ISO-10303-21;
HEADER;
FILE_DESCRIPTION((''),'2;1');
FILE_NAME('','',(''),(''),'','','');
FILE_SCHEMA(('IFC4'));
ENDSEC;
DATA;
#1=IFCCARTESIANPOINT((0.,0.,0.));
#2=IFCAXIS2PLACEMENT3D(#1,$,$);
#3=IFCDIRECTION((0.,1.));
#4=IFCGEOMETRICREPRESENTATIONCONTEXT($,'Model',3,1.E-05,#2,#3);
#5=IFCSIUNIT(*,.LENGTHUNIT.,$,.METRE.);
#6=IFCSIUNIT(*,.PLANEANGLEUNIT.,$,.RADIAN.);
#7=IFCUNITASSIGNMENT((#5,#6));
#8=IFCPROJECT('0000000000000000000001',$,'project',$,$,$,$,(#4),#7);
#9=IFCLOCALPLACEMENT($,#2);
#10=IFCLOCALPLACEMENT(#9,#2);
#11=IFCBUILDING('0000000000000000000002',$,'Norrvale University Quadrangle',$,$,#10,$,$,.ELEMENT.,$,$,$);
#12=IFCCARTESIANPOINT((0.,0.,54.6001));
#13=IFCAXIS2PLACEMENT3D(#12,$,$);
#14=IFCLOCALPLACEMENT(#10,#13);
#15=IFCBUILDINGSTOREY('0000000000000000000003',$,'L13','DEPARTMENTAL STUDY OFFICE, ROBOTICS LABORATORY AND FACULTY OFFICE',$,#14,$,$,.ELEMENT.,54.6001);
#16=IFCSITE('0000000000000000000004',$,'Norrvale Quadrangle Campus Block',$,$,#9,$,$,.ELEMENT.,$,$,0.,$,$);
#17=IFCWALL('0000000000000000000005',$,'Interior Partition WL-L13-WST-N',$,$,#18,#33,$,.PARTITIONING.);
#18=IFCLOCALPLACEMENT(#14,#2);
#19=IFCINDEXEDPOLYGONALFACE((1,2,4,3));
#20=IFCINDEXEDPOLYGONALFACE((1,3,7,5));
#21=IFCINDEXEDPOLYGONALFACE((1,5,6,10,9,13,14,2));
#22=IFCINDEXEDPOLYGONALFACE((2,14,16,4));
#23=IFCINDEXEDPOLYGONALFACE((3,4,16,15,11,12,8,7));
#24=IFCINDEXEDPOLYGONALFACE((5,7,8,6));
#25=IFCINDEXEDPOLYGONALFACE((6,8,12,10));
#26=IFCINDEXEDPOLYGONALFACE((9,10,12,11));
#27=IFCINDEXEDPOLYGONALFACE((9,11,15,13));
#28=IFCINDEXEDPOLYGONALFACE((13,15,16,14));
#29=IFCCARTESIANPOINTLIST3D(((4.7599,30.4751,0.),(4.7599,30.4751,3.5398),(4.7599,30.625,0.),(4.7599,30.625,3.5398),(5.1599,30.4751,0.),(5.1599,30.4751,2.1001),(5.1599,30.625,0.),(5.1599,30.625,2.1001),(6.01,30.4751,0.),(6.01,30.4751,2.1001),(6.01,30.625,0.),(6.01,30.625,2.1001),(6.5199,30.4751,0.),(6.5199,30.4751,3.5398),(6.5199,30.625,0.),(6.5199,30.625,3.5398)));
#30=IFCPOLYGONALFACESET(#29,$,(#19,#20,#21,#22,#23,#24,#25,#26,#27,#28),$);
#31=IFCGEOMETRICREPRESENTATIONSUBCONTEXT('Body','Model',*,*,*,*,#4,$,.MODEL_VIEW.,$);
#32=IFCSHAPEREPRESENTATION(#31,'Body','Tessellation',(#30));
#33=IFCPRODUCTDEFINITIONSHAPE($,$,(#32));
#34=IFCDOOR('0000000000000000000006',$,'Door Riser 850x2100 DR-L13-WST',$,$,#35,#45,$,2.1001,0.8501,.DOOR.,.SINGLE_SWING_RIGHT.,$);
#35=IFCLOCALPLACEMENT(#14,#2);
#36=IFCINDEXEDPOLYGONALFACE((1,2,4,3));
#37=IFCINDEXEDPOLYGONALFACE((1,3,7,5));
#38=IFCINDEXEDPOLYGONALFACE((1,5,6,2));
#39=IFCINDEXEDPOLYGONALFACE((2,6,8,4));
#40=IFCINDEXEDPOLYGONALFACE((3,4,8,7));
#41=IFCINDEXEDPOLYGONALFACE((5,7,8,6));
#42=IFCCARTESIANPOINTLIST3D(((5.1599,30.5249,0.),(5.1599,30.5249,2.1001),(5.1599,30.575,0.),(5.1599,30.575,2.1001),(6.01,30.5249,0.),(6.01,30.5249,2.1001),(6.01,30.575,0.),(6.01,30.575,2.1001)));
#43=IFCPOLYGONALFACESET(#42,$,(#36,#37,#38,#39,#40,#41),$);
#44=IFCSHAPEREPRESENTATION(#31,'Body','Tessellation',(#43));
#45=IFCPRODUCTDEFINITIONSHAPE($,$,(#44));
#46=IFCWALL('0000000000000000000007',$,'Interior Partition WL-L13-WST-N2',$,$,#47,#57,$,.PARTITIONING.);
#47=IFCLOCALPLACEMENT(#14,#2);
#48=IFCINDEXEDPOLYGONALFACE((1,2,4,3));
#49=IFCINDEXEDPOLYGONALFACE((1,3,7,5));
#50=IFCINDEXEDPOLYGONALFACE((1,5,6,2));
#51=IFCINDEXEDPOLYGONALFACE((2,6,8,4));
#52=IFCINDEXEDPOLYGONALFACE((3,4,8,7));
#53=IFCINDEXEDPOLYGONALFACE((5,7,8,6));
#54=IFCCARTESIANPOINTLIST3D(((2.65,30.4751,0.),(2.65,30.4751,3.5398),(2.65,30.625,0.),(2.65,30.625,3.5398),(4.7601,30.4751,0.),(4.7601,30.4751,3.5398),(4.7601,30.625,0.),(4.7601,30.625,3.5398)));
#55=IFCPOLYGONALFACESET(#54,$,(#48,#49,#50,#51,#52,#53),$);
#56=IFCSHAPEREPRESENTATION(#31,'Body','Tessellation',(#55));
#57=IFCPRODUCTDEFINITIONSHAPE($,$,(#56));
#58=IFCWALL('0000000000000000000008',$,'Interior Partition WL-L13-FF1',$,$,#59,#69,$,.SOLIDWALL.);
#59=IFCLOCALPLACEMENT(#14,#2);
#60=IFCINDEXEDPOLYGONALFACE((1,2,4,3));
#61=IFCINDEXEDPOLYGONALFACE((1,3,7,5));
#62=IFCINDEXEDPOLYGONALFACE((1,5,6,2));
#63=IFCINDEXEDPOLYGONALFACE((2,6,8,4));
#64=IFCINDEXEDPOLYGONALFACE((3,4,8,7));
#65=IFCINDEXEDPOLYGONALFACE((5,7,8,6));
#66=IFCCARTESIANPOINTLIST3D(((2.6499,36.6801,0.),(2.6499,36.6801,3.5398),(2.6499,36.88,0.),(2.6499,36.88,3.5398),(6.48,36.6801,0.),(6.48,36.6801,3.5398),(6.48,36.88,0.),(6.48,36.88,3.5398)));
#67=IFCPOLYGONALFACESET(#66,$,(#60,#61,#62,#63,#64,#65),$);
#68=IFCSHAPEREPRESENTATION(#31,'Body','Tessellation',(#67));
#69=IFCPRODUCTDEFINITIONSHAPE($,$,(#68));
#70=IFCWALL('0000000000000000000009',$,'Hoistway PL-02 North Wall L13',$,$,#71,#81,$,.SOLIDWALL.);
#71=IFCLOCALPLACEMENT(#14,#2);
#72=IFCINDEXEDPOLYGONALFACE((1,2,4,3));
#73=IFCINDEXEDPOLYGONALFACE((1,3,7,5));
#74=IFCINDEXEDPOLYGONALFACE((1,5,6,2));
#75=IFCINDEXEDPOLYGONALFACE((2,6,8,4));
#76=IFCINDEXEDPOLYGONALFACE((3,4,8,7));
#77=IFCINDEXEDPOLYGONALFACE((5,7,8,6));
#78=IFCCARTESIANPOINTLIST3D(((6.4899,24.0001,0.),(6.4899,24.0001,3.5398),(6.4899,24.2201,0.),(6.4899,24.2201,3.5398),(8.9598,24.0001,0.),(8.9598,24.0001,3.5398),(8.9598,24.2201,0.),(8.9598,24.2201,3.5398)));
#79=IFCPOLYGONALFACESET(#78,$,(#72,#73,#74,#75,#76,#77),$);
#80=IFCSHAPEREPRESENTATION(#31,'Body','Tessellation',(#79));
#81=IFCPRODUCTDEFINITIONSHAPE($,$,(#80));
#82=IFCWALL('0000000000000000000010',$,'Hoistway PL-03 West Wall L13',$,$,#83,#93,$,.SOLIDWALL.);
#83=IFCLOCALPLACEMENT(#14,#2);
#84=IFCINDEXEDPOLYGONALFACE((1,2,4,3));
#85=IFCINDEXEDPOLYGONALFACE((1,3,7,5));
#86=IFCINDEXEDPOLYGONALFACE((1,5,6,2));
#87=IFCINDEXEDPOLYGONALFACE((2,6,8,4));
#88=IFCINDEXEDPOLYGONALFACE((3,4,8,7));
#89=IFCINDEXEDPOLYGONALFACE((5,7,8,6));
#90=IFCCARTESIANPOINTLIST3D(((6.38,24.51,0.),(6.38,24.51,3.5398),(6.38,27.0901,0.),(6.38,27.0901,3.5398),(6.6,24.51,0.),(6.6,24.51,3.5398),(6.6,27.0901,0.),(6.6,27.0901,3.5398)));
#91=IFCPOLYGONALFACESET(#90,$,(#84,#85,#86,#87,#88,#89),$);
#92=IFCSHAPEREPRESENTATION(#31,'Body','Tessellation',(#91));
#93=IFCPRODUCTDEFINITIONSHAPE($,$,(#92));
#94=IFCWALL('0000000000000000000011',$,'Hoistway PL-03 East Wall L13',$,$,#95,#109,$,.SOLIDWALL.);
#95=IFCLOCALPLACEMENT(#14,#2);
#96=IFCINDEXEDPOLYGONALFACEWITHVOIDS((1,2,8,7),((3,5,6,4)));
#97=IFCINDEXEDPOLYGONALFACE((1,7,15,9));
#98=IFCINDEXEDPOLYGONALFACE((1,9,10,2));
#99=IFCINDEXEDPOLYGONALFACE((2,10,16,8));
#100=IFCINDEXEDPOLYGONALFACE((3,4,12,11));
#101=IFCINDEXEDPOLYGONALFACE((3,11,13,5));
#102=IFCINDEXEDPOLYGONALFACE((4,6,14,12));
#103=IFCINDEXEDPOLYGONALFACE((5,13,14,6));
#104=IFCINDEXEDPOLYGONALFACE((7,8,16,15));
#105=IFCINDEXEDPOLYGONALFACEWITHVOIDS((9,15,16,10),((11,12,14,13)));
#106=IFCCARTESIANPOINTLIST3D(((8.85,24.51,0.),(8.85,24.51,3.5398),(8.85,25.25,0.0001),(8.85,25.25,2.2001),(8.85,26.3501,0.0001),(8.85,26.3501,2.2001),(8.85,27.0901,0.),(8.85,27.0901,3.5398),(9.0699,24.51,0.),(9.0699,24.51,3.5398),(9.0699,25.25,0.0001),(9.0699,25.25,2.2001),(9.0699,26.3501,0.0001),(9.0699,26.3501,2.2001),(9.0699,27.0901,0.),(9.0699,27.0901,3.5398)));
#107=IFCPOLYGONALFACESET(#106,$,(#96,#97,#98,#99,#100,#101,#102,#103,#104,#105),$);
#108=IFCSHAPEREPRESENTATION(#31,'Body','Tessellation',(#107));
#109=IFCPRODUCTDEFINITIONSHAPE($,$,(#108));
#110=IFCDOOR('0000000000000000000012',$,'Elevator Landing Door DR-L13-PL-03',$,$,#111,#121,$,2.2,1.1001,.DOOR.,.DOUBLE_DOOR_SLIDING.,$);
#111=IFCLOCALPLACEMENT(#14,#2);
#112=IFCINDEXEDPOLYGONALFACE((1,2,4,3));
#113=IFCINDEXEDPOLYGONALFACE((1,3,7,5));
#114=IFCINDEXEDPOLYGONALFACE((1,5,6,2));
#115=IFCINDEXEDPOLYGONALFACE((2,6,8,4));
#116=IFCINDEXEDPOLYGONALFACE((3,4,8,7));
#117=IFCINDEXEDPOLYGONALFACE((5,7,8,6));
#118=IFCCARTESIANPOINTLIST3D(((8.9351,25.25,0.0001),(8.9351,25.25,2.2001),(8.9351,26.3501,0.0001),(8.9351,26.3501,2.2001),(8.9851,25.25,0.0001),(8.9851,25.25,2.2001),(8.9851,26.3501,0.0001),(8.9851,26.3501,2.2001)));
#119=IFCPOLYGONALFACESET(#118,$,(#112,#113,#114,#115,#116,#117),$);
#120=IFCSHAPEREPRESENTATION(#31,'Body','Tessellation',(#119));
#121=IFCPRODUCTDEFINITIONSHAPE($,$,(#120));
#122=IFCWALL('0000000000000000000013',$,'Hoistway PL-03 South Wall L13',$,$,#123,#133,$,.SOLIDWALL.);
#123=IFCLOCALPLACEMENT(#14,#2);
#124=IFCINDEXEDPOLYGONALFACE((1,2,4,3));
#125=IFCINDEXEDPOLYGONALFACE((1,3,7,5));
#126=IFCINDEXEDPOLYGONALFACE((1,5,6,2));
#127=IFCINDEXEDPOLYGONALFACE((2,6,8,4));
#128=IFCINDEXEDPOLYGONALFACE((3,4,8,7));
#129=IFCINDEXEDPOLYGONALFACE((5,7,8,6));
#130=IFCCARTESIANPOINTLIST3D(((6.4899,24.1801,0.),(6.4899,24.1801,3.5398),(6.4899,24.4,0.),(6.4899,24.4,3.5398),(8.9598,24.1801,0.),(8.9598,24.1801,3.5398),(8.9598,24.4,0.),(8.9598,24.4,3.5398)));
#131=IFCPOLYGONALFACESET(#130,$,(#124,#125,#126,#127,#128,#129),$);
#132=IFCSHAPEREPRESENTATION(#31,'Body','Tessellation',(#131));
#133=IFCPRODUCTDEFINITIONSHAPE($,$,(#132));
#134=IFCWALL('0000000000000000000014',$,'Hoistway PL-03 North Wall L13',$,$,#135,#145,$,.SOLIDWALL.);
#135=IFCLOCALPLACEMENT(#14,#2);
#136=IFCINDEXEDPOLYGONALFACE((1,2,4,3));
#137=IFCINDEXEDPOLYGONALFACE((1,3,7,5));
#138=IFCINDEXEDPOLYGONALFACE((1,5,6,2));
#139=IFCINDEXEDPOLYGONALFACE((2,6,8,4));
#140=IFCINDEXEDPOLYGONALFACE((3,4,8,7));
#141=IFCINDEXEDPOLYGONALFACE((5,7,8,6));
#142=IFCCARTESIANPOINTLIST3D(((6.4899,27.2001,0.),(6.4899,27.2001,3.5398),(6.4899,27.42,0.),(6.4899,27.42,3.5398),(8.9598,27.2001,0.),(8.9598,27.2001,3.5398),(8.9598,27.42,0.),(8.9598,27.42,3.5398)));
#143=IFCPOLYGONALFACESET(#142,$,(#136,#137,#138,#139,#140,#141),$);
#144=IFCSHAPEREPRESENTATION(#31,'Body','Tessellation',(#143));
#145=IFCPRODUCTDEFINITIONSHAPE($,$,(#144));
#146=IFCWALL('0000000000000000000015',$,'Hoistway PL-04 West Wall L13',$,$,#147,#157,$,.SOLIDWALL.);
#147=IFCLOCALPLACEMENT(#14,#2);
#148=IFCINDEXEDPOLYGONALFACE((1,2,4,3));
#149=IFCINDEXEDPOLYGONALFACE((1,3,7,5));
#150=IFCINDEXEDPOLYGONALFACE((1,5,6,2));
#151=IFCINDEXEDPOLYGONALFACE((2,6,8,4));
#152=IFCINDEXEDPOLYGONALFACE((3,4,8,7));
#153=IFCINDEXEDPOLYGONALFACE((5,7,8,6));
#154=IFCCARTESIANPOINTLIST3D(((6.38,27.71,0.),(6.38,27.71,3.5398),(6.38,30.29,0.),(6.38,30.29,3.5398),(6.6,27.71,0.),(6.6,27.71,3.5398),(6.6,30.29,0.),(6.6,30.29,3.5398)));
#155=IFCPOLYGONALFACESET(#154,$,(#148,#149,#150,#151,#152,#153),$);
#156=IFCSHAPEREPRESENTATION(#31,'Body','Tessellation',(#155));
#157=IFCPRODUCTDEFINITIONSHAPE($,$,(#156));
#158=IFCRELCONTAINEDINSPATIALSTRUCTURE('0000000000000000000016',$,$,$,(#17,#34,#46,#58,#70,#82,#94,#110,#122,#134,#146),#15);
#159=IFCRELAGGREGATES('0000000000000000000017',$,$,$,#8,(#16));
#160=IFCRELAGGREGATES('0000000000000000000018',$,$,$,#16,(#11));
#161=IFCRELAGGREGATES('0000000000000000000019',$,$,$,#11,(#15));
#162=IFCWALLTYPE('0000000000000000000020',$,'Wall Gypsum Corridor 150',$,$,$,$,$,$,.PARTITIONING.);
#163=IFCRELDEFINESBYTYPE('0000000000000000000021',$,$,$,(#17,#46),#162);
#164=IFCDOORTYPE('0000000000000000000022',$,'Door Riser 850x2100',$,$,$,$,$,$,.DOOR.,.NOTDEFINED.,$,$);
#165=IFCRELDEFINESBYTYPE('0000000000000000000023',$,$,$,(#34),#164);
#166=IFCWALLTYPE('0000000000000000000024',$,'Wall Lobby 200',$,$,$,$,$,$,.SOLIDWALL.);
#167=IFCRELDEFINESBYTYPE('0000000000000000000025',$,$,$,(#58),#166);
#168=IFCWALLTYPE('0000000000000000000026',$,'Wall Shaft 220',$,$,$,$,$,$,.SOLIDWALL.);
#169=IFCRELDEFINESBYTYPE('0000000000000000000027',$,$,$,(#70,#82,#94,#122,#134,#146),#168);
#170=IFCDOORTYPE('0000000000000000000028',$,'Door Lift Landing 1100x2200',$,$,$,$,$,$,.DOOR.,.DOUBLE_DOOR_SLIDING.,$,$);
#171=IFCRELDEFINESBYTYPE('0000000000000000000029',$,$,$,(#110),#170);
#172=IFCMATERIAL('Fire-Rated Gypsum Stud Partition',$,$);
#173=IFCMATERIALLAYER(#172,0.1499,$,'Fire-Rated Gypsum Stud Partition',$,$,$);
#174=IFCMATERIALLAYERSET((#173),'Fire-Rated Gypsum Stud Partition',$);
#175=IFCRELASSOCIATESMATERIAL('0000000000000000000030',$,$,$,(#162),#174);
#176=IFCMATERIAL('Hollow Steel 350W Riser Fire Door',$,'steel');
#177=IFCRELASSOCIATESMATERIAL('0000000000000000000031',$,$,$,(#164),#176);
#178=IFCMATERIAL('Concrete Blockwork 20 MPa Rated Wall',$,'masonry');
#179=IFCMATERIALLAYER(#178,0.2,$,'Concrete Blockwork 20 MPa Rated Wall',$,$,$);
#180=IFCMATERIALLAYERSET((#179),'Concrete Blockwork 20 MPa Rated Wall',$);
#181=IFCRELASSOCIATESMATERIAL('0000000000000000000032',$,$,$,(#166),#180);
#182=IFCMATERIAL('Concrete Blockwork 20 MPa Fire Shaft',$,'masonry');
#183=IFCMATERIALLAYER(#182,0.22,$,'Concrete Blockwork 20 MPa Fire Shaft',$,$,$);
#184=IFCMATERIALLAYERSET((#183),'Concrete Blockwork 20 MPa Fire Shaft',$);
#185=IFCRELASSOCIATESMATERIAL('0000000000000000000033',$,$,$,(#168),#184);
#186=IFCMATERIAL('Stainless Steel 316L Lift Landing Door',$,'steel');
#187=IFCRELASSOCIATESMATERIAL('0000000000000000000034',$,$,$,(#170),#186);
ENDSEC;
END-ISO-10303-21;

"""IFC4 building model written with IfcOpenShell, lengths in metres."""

from ifc_helpers import new_model, si_unit, direction, frame, frame_2d, origin, place, context, subcontext, project, spatial, rectangle, extrude, material, layer, layer_set, type_object, element, fill, save


model = new_model("IFC4")

# Units and contexts
model_context = context("Model", 3, precision=1e-05, world=origin(), true_north=direction((0.0, 1.0)))
body_context = subcontext(model_context, "Body", "Model", "MODEL_VIEW")
ifc_project = project(units=[si_unit("LENGTHUNIT", "METRE"), si_unit("PLANEANGLEUNIT", "RADIAN")], contexts=[model_context])

# Site, building, storey
site_placement = place(None, origin())
site = spatial("IfcSite", under=ifc_project, at=site_placement, Name="Norrvale Quadrangle Campus Block", CompositionType="ELEMENT", RefElevation=0.0)
building_placement = place(site_placement, origin())
building = spatial("IfcBuilding", under=site, at=building_placement, Name="Norrvale University Quadrangle", CompositionType="ELEMENT")
storey_placement = place(building_placement, frame((0.0, 0.0, 54.6001)))
storey = spatial("IfcBuildingStorey", under=building, at=storey_placement, Name="L13", Description="DEPARTMENTAL STUDY OFFICE, ROBOTICS LABORATORY AND FACULTY OFFICE", CompositionType="ELEMENT", Elevation=54.6001)

# Wall, opening, door
ifc_material_1 = material(Name="Fire-Rated Gypsum Stud Partition")
ifc_layer_1 = layer(ifc_material_1, 0.1499, Name="Fire-Rated Gypsum Stud Partition")
ifc_layer_set_1 = layer_set([ifc_layer_1], Name="Fire-Rated Gypsum Stud Partition")
wall_type_1 = type_object("IfcWallType", Name="Wall Gypsum Corridor 150", PredefinedType="PARTITIONING", material=ifc_layer_set_1)
ifc_material_2 = material(Name="Hollow Steel 350W Riser Fire Door", Category="steel")
door_type_1 = type_object("IfcDoorType", Name="Door Riser 850x2100", OperationType="NOTDEFINED", PredefinedType="DOOR", material=ifc_material_2)
wall_1_placement = place(storey_placement, frame((4.76, 30.55, 0.0), z_axis=(0.0, 0.0, 1.0), x_axis=(1.0, 0.0, 0.0)))
wall_1 = element("IfcWall", 1, at=wall_1_placement, inside=storey, type_object=wall_type_1, Name="Interior Partition WL-L13-WST-N", PredefinedType="PARTITIONING", context=body_context, shape_type="SweptSolid", body=[
    extrude(rectangle(XDim=1.76, YDim=0.1499, at=frame_2d((0.8799, 0.0))), origin(), (0.0, 0.0, 1.0), 3.5398),
])
opening_1_placement = place(wall_1_placement, frame((0.3999, 0.0, 0.0)))
opening_1 = element("IfcOpeningElement", 2, at=opening_1_placement, cuts=wall_1, PredefinedType="OPENING", context=body_context, shape_type="SweptSolid", body=[
    extrude(rectangle(XDim=0.8501, YDim=2.1001, at=frame_2d((0.425, 1.05))), frame((0.0, 0.0869, 0.0), z_axis=(0.0, -1.0, 0.0), x_axis=(1.0, 0.0, 0.0)), (0.0, 0.0, 1.0), 0.1738),
])
door_1_placement = place(opening_1_placement, origin())
door_1 = element("IfcDoor", 3, at=door_1_placement, inside=storey, type_object=door_type_1, Name="Door Riser 850x2100 DR-L13-WST", OperationType="SINGLE_SWING_RIGHT", OverallHeight=2.1001, OverallWidth=0.8501, PredefinedType="DOOR", context=body_context, shape_type="SweptSolid", body=[
    extrude(rectangle(XDim=0.8501, YDim=2.1001, at=frame_2d((0.425, 1.05))), frame((0.0, 0.0249, 0.0), z_axis=(0.0, -1.0, 0.0), x_axis=(1.0, 0.0, 0.0)), (0.0, 0.0, 1.0), 0.05),
])
fill(opening_1, door_1)

# Walls
wall_2_placement = place(storey_placement, frame((2.6499, 30.55, 0.0), z_axis=(0.0, 0.0, 1.0), x_axis=(1.0, 0.0, 0.0)))
element("IfcWall", 4, at=wall_2_placement, inside=storey, type_object=wall_type_1, Name="Interior Partition WL-L13-WST-N2", PredefinedType="PARTITIONING", context=body_context, shape_type="SweptSolid", body=[
    extrude(rectangle(XDim=2.1101, YDim=0.1499, at=frame_2d((1.0552, 0.0))), origin(), (0.0, 0.0, 1.0), 3.5398),
])
ifc_material_3 = material(Name="Concrete Blockwork 20 MPa Rated Wall", Category="masonry")
ifc_layer_2 = layer(ifc_material_3, 0.2, Name="Concrete Blockwork 20 MPa Rated Wall")
ifc_layer_set_2 = layer_set([ifc_layer_2], Name="Concrete Blockwork 20 MPa Rated Wall")
wall_type_2 = type_object("IfcWallType", Name="Wall Lobby 200", PredefinedType="SOLIDWALL", material=ifc_layer_set_2)
wall_3_placement = place(storey_placement, frame((2.6499, 36.78, 0.0), z_axis=(0.0, 0.0, 1.0), x_axis=(1.0, 0.0, 0.0)))
element("IfcWall", 5, at=wall_3_placement, inside=storey, type_object=wall_type_2, Name="Interior Partition WL-L13-FF1", PredefinedType="SOLIDWALL", context=body_context, shape_type="SweptSolid", body=[
    extrude(rectangle(XDim=3.8301, YDim=0.2, at=frame_2d((1.915, 0.0))), origin(), (0.0, 0.0, 1.0), 3.5398),
])
ifc_material_4 = material(Name="Concrete Blockwork 20 MPa Fire Shaft", Category="masonry")
ifc_layer_3 = layer(ifc_material_4, 0.22, Name="Concrete Blockwork 20 MPa Fire Shaft")
ifc_layer_set_3 = layer_set([ifc_layer_3], Name="Concrete Blockwork 20 MPa Fire Shaft")
wall_type_3 = type_object("IfcWallType", Name="Wall Shaft 220", PredefinedType="SOLIDWALL", material=ifc_layer_set_3)
wall_4_placement = place(storey_placement, frame((6.49, 24.1101, 0.0), z_axis=(0.0, 0.0, 1.0), x_axis=(1.0, 0.0, 0.0)))
element("IfcWall", 6, at=wall_4_placement, inside=storey, type_object=wall_type_3, Name="Hoistway PL-02 North Wall L13", PredefinedType="SOLIDWALL", context=body_context, shape_type="SweptSolid", body=[
    extrude(rectangle(XDim=2.47, YDim=0.22, at=frame_2d((1.2349, 0.0))), origin(), (0.0, 0.0, 1.0), 3.5398),
])
wall_5_placement = place(storey_placement, frame((6.49, 24.51, 0.0), z_axis=(0.0, 0.0, 1.0), x_axis=(0.0, 1.0, 0.0)))
element("IfcWall", 7, at=wall_5_placement, inside=storey, type_object=wall_type_3, Name="Hoistway PL-03 West Wall L13", PredefinedType="SOLIDWALL", context=body_context, shape_type="SweptSolid", body=[
    extrude(rectangle(XDim=2.5801, YDim=0.22, at=frame_2d((1.29, 0.0))), origin(), (0.0, 0.0, 1.0), 3.5398),
])

# Wall, opening, door
wall_6_placement = place(storey_placement, frame((8.96, 24.51, 0.0), z_axis=(0.0, 0.0, 1.0), x_axis=(0.0, 1.0, 0.0)))
wall_6 = element("IfcWall", 8, at=wall_6_placement, inside=storey, type_object=wall_type_3, Name="Hoistway PL-03 East Wall L13", PredefinedType="SOLIDWALL", context=body_context, shape_type="SweptSolid", body=[
    extrude(rectangle(XDim=2.5801, YDim=0.22, at=frame_2d((1.29, 0.0))), origin(), (0.0, 0.0, 1.0), 3.5398),
])
opening_2_placement = place(wall_6_placement, frame((0.74, 0.0, 0.0)))
opening_2 = element("IfcOpeningElement", 9, at=opening_2_placement, cuts=wall_6, PredefinedType="OPENING", context=body_context, shape_type="SweptSolid", body=[
    extrude(rectangle(XDim=1.1001, YDim=2.2, at=frame_2d((0.55, 1.1001))), frame((0.0, 0.1221, 0.0), z_axis=(0.0, -1.0, 0.0), x_axis=(1.0, 0.0, 0.0)), (0.0, 0.0, 1.0), 0.2439),
])
ifc_material_5 = material(Name="Stainless Steel 316L Lift Landing Door", Category="steel")
door_type_2 = type_object("IfcDoorType", Name="Door Lift Landing 1100x2200", OperationType="DOUBLE_DOOR_SLIDING", PredefinedType="DOOR", material=ifc_material_5)
door_2_placement = place(opening_2_placement, origin())
door_2 = element("IfcDoor", 10, at=door_2_placement, inside=storey, type_object=door_type_2, Name="Elevator Landing Door DR-L13-PL-03", OperationType="DOUBLE_DOOR_SLIDING", OverallHeight=2.2, OverallWidth=1.1001, PredefinedType="DOOR", context=body_context, shape_type="SweptSolid", body=[
    extrude(rectangle(XDim=1.1001, YDim=2.2, at=frame_2d((0.55, 1.1001))), frame((0.0, 0.0249, 0.0), z_axis=(0.0, -1.0, 0.0), x_axis=(1.0, 0.0, 0.0)), (0.0, 0.0, 1.0), 0.05),
])
fill(opening_2, door_2)

# Walls
for number, where, z_axis, x_axis, name in (
    (11, (6.49, 24.29, 0.0), (0.0, 0.0, 1.0), (1.0, 0.0, 0.0), "Hoistway PL-03 South Wall L13"),
    (12, (6.49, 27.3101, 0.0), (0.0, 0.0, 1.0), (1.0, 0.0, 0.0), "Hoistway PL-03 North Wall L13"),
):
    element("IfcWall", number, at=place(storey_placement, frame(where, z_axis=z_axis, x_axis=x_axis)), inside=storey, type_object=wall_type_3, Name=name, PredefinedType="SOLIDWALL", context=body_context, shape_type="SweptSolid", body=[
        extrude(rectangle(XDim=2.47, YDim=0.22, at=frame_2d((1.2349, 0.0))), origin(), (0.0, 0.0, 1.0), 3.5398),
    ])
wall_7_placement = place(storey_placement, frame((6.49, 27.71, 0.0), z_axis=(0.0, 0.0, 1.0), x_axis=(0.0, 1.0, 0.0)))
element("IfcWall", 13, at=wall_7_placement, inside=storey, type_object=wall_type_3, Name="Hoistway PL-04 West Wall L13", PredefinedType="SOLIDWALL", context=body_context, shape_type="SweptSolid", body=[
    extrude(rectangle(XDim=2.5801, YDim=0.22, at=frame_2d((1.29, 0.0))), origin(), (0.0, 0.0, 1.0), 3.5398),
])

save(model, "model.ifc")
